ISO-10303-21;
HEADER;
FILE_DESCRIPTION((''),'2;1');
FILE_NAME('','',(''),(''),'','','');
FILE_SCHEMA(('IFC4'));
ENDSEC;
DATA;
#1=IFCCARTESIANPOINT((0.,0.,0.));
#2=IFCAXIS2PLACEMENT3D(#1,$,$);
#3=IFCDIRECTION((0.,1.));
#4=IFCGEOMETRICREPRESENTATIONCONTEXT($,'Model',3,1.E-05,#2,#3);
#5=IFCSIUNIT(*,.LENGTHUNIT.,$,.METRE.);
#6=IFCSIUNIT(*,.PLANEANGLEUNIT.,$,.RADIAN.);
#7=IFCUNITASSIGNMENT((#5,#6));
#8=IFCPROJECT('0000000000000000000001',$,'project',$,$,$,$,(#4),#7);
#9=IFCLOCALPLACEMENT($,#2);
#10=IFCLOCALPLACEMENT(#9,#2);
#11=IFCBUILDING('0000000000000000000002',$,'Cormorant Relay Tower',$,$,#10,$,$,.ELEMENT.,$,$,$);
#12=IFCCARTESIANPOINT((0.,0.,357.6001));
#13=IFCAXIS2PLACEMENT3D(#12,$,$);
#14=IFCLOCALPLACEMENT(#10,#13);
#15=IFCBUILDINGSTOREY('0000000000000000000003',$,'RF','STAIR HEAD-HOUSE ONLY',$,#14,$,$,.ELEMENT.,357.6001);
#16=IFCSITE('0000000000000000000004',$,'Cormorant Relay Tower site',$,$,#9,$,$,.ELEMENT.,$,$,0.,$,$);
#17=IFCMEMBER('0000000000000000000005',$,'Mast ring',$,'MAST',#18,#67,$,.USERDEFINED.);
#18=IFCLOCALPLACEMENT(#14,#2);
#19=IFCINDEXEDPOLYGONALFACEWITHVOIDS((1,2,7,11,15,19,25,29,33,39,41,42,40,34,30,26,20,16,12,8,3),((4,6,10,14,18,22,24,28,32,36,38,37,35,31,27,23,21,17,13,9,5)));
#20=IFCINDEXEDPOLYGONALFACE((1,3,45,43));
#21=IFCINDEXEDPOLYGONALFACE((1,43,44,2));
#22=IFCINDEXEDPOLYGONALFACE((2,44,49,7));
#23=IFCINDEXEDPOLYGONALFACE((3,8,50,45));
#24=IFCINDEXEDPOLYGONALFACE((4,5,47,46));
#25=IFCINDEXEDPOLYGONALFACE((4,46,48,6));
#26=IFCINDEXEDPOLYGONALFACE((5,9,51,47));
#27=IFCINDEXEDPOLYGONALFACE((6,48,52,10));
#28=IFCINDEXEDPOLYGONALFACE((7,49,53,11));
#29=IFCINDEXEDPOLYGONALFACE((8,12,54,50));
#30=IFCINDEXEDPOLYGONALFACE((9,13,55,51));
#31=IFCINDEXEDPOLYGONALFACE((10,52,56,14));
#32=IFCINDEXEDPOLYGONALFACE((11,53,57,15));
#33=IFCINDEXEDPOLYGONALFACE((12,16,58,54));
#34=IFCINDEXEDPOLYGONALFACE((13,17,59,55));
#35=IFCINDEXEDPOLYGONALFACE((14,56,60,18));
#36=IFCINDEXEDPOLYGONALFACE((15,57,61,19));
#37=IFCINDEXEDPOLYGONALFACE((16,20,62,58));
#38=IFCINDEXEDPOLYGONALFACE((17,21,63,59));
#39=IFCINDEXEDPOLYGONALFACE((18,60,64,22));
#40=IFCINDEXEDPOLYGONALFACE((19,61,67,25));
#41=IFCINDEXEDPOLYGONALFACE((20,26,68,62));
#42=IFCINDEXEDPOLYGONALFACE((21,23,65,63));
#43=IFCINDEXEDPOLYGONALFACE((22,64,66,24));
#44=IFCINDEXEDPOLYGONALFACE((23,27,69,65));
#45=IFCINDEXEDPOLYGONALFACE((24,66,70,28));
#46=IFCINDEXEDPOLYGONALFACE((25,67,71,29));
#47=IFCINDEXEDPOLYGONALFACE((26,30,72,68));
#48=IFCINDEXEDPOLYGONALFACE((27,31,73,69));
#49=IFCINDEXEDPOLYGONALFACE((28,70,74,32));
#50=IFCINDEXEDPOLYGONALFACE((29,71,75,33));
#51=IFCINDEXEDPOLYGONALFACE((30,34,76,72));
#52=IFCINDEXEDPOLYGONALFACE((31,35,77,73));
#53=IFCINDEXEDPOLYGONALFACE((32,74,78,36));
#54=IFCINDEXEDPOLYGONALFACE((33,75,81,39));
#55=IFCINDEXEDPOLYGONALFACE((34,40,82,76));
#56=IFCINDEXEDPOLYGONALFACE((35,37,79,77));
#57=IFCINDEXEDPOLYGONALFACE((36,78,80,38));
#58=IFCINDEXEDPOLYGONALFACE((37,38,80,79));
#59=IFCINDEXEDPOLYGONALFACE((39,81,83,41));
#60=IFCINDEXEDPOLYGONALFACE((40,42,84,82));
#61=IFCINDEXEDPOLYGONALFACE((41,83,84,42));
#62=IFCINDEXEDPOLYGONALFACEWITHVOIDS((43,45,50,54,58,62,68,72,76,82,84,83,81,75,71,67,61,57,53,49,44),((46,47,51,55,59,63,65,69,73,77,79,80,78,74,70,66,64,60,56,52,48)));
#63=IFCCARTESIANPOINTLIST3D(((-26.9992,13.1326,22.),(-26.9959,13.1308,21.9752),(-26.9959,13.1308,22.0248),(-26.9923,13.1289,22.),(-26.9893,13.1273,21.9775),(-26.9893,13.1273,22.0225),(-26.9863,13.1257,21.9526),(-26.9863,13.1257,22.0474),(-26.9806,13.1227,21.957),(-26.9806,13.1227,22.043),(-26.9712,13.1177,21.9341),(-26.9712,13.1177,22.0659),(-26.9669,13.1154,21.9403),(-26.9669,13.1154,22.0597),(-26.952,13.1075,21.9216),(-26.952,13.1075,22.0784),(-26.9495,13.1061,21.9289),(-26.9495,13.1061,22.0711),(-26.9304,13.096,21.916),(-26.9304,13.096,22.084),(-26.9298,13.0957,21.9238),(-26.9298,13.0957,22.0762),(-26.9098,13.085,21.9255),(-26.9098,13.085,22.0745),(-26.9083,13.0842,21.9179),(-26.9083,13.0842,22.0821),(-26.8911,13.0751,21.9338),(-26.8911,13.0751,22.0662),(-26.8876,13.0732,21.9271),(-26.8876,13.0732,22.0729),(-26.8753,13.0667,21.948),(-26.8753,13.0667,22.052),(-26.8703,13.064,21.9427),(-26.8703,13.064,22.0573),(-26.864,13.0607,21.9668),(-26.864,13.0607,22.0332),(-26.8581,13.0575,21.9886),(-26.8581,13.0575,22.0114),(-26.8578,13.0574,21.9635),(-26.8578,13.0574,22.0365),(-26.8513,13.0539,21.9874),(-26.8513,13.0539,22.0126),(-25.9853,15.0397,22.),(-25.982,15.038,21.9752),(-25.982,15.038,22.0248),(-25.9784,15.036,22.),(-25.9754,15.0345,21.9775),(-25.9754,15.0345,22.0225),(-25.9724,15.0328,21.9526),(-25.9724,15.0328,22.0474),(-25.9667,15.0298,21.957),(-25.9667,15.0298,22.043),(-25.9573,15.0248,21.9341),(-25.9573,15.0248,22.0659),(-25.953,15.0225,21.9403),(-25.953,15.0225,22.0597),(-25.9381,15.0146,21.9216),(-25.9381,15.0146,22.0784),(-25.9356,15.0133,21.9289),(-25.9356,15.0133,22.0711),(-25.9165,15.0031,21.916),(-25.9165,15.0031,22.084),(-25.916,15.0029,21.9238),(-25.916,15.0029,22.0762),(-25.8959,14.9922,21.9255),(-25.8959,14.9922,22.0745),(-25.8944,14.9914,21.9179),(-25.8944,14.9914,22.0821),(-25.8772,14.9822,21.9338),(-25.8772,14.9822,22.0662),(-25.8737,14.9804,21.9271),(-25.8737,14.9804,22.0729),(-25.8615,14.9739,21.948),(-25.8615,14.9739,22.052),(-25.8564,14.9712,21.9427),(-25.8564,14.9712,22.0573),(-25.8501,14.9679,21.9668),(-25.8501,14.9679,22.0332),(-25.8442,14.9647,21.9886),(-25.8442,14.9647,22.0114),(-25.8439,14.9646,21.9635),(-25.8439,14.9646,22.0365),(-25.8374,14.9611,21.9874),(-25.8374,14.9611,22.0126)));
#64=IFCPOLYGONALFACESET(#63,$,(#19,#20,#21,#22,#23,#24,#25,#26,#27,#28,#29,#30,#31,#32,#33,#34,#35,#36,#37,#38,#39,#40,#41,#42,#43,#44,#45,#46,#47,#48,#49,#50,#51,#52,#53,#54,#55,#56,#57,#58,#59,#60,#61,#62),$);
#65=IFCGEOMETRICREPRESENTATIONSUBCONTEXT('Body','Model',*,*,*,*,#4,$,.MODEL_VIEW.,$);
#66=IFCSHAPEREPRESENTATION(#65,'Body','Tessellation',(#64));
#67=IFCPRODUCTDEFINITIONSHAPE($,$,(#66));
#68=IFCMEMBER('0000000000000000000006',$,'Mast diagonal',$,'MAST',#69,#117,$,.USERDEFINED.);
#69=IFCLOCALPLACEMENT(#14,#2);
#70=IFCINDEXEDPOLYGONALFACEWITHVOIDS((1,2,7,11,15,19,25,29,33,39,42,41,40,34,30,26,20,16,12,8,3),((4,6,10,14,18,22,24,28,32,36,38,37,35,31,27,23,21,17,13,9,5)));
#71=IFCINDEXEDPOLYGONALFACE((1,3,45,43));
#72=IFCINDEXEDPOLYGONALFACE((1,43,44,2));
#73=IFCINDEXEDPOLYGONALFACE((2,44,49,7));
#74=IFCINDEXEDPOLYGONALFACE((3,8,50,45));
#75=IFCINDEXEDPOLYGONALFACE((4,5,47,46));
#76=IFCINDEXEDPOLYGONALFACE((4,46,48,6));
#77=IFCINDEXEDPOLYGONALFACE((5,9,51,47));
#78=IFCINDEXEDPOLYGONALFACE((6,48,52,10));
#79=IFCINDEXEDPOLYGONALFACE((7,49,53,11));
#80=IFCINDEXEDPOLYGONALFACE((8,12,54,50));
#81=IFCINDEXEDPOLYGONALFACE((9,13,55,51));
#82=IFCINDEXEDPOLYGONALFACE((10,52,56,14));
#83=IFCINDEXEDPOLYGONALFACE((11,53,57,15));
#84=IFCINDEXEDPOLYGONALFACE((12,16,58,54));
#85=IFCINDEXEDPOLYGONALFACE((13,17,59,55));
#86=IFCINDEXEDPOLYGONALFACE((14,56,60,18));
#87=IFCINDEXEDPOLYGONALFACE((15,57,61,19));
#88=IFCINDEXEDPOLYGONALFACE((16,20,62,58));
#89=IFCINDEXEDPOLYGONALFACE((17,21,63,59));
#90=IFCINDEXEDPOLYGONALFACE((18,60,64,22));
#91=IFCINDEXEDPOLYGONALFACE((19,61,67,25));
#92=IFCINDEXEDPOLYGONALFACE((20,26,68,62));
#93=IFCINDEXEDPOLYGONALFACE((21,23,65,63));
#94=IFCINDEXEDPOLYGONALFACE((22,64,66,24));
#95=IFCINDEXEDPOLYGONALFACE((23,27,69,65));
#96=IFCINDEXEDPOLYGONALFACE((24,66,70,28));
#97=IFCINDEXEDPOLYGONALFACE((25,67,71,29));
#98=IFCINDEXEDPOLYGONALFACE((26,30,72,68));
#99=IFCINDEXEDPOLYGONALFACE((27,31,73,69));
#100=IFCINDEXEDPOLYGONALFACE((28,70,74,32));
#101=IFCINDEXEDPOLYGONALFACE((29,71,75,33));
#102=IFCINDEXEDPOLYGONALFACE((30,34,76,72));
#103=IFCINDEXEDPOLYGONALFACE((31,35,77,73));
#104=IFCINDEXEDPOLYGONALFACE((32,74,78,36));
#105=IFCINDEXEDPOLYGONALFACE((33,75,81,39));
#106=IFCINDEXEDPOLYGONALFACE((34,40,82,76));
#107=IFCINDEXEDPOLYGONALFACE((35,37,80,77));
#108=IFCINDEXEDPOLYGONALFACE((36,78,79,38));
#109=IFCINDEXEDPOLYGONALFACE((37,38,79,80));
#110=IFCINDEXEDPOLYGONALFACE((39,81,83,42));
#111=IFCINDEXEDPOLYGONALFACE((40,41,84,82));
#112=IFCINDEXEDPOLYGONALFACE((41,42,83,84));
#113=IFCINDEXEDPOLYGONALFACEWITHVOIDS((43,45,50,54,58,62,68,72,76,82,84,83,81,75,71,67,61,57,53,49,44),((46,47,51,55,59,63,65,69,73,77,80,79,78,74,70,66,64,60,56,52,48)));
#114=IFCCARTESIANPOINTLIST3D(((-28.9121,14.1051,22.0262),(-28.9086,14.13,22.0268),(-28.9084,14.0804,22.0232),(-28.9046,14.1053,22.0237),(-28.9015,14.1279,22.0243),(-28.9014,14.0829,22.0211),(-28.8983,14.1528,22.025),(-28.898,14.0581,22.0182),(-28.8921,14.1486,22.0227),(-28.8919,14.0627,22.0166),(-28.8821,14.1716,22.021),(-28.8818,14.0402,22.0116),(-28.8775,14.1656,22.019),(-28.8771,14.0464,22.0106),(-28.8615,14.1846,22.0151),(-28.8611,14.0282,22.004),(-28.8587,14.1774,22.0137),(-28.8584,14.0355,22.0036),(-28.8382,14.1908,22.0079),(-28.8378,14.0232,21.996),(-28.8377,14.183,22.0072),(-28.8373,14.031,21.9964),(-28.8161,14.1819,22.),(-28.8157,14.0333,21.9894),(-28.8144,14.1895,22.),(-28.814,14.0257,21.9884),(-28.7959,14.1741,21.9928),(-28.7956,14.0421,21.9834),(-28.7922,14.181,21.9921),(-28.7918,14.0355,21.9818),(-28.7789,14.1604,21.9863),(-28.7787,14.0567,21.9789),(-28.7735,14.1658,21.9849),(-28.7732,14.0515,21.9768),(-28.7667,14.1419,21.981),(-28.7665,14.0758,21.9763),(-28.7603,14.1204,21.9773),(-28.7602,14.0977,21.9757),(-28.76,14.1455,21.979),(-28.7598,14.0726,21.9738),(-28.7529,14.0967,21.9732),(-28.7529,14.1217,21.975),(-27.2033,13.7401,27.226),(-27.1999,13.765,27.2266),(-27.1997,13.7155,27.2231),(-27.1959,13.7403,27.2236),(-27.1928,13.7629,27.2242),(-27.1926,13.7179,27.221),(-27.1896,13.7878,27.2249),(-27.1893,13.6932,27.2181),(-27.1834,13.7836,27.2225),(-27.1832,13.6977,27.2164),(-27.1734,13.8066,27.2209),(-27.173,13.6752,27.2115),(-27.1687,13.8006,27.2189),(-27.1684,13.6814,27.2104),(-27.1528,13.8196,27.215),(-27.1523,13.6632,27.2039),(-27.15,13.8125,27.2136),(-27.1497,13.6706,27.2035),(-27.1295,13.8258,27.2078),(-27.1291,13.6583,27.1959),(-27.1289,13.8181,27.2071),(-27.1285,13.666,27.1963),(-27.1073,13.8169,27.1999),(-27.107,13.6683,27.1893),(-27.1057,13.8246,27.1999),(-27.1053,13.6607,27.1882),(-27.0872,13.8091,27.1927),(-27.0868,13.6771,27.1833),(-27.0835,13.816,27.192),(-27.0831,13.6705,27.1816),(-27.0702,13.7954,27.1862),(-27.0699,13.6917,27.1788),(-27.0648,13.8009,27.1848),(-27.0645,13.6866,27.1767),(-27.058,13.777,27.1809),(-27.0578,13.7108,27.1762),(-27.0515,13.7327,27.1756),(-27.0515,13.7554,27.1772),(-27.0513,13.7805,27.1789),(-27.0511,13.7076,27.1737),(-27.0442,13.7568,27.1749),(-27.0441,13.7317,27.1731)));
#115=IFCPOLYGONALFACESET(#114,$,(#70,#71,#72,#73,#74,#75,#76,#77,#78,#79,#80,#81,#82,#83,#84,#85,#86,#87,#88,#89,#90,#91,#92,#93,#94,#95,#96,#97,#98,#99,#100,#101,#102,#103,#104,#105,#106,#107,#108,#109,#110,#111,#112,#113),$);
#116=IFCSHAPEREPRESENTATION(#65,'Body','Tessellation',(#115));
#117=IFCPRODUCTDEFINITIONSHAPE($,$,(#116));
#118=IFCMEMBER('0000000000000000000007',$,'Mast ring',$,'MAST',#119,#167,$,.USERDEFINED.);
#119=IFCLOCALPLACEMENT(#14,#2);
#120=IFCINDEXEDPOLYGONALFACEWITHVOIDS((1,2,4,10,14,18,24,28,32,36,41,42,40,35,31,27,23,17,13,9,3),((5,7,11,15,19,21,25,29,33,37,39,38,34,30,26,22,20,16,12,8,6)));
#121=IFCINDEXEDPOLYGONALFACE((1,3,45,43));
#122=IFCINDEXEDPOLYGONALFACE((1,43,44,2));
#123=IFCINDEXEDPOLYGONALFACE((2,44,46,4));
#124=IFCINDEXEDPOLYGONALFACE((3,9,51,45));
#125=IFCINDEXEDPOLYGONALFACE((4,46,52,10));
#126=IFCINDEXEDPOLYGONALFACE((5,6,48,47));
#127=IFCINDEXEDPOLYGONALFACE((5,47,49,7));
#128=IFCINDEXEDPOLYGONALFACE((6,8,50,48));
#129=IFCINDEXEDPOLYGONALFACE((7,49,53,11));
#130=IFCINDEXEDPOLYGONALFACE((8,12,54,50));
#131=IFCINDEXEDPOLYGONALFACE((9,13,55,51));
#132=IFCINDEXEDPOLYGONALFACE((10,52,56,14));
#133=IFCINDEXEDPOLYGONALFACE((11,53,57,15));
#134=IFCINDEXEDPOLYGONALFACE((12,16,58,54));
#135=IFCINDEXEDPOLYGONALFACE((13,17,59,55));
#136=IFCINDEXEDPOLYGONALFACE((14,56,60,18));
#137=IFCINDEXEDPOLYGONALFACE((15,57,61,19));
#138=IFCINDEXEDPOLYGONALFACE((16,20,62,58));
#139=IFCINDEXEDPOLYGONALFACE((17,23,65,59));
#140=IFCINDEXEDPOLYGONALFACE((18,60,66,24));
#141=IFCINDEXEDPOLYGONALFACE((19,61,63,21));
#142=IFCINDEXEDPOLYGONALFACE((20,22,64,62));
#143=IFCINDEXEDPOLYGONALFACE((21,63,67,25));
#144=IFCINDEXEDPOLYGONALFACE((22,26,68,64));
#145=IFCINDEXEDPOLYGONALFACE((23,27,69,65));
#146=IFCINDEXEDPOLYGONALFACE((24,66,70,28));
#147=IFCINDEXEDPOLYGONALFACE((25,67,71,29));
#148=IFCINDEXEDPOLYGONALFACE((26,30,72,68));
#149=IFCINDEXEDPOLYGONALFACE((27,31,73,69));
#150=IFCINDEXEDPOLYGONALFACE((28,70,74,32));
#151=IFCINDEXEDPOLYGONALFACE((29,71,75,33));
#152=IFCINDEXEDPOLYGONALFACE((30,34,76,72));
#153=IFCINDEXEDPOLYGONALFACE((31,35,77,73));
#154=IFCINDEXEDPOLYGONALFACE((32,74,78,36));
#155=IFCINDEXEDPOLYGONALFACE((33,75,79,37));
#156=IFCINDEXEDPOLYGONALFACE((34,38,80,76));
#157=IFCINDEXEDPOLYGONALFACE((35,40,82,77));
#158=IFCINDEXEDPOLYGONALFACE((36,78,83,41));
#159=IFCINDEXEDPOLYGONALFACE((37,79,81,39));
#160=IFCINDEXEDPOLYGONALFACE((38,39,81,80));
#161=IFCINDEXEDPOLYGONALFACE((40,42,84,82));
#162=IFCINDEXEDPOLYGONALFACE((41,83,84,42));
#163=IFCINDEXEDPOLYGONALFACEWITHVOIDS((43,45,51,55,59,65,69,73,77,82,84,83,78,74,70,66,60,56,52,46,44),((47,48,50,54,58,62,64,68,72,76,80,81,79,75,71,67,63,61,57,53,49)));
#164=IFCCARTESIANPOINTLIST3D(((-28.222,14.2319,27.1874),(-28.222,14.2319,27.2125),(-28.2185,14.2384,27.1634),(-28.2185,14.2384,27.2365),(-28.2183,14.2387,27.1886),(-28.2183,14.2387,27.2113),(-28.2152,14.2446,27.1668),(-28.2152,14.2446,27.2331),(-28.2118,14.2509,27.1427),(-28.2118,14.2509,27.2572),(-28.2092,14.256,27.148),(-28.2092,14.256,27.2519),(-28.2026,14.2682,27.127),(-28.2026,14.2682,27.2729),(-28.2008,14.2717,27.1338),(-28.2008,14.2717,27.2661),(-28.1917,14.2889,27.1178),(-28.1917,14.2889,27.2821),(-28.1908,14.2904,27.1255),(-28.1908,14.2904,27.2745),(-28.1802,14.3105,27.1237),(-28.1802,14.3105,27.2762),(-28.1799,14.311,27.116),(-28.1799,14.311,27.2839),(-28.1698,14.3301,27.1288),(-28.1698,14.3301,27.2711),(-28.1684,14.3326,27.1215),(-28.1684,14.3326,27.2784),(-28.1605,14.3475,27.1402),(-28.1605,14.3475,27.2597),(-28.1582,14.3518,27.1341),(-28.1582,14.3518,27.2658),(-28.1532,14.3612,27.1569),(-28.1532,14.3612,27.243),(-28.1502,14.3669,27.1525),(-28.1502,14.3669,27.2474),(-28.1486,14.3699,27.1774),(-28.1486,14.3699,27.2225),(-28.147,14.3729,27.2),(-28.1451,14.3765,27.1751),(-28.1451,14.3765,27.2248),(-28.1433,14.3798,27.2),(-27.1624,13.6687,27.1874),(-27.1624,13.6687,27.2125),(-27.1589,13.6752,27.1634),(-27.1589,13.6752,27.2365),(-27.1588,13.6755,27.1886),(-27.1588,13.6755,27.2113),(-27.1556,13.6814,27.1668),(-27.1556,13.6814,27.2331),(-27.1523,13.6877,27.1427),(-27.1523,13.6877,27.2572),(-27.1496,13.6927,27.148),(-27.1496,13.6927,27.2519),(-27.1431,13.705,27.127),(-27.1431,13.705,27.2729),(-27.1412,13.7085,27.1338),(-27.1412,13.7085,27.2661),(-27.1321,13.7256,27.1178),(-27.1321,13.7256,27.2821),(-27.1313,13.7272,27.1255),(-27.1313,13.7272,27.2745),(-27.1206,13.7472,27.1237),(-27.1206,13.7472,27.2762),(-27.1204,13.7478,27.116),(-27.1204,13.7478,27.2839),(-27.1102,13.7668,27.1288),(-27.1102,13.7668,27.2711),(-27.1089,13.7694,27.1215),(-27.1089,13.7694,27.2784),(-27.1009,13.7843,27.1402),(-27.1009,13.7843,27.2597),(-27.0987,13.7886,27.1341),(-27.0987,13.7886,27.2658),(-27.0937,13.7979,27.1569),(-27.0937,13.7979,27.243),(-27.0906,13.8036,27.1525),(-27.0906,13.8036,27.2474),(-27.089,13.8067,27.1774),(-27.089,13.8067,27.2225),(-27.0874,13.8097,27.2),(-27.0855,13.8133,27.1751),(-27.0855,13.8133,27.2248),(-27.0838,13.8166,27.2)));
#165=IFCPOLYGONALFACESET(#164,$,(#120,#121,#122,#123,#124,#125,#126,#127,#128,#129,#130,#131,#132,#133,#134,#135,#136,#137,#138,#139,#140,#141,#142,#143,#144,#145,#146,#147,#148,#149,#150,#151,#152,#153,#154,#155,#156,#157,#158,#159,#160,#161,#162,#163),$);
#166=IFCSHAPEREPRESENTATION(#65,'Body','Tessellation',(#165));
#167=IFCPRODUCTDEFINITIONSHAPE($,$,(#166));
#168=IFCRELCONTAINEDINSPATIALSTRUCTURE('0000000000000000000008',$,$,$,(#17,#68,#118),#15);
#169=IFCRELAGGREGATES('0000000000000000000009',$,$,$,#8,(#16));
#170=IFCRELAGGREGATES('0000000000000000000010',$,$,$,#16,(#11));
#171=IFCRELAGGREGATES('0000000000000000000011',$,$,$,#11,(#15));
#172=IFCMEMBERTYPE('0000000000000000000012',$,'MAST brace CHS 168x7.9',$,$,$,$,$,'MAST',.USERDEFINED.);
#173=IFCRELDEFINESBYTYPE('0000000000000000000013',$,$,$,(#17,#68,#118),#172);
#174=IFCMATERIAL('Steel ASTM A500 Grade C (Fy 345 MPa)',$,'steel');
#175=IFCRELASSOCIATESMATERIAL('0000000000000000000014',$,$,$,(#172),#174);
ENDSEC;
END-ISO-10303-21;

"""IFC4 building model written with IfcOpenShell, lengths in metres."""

from ifc_helpers import new_model, si_unit, direction, frame, origin, origin_2d, place, context, subcontext, project, spatial, hollow_circle, extrude, material, material_profile, profile_set, type_object, element, save


model = new_model("IFC4")

# Units and contexts
model_context = context("Model", 3, precision=1e-05, world=origin(), true_north=direction((0.0, 1.0)))
body_context = subcontext(model_context, "Body", "Model", "MODEL_VIEW")
ifc_project = project(units=[si_unit("LENGTHUNIT", "METRE"), si_unit("PLANEANGLEUNIT", "RADIAN")], contexts=[model_context])

# Site, building, storey
site_placement = place(None, origin())
site = spatial("IfcSite", under=ifc_project, at=site_placement, Name="Cormorant Relay Tower site", CompositionType="ELEMENT", RefElevation=0.0)
building_placement = place(site_placement, origin())
building = spatial("IfcBuilding", under=site, at=building_placement, Name="Cormorant Relay Tower", CompositionType="ELEMENT")
storey_placement = place(building_placement, frame((0.0, 0.0, 357.6001)))
storey = spatial("IfcBuildingStorey", under=building, at=storey_placement, Name="RF", Description="STAIR HEAD-HOUSE ONLY", CompositionType="ELEMENT", Elevation=357.6001)

# Members
ifc_material_1 = material(Name="Steel ASTM A500 Grade C (Fy 345 MPa)", Category="steel")
ifc_material_profile_1 = material_profile(ifc_material_1, hollow_circle(Radius=0.0842, WallThickness=0.0078, at=origin_2d()), Name="CHS 168x7.9")
ifc_profile_set_1 = profile_set([ifc_material_profile_1], Name="Steel ASTM A500 Grade C (Fy 345 MPa)")
member_type_1 = type_object("IfcMemberType", Name="MAST brace CHS 168x7.9", ElementType="MAST", PredefinedType="USERDEFINED", material=ifc_profile_set_1)
member_1_placement = place(storey_placement, frame((-26.9248, 13.093, 22.0), z_axis=(0.469409, 0.882981, 0.0), x_axis=(-0.882981, 0.469409, 0.0)))
element("IfcMember", 1, at=member_1_placement, inside=storey, type_object=member_type_1, Name="Mast ring", ObjectType="MAST", PredefinedType="USERDEFINED", context=body_context, shape_type="SweptSolid", body=[
    extrude(hollow_circle(Radius=0.0842, WallThickness=0.0078, at=origin_2d()), origin(), (0.0, 0.0, 1.0), 2.1599),
])
member_2_placement = place(storey_placement, frame((-28.832, 14.1072, 22.0), z_axis=(0.311492, -0.066535, 0.947917), x_axis=(0.20889, 0.977939, 0.0)))
element("IfcMember", 2, at=member_2_placement, inside=storey, type_object=member_type_1, Name="Mast diagonal", ObjectType="MAST", PredefinedType="USERDEFINED", context=body_context, shape_type="SweptSolid", body=[
    extrude(hollow_circle(Radius=0.0842, WallThickness=0.0078, at=origin_2d()), origin(), (0.0, 0.0, 1.0), 5.4856),
])
member_3_placement = place(storey_placement, frame((-28.1829, 14.3054, 27.2), z_axis=(0.883, -0.469373, 0.0), x_axis=(0.469373, 0.883, 0.0)))
element("IfcMember", 3, at=member_3_placement, inside=storey, type_object=member_type_1, Name="Mast ring", ObjectType="MAST", PredefinedType="USERDEFINED", context=body_context, shape_type="SweptSolid", body=[
    extrude(hollow_circle(Radius=0.0842, WallThickness=0.0078, at=origin_2d()), origin(), (0.0, 0.0, 1.0), 1.2),
])

save(model, "model.ifc")
